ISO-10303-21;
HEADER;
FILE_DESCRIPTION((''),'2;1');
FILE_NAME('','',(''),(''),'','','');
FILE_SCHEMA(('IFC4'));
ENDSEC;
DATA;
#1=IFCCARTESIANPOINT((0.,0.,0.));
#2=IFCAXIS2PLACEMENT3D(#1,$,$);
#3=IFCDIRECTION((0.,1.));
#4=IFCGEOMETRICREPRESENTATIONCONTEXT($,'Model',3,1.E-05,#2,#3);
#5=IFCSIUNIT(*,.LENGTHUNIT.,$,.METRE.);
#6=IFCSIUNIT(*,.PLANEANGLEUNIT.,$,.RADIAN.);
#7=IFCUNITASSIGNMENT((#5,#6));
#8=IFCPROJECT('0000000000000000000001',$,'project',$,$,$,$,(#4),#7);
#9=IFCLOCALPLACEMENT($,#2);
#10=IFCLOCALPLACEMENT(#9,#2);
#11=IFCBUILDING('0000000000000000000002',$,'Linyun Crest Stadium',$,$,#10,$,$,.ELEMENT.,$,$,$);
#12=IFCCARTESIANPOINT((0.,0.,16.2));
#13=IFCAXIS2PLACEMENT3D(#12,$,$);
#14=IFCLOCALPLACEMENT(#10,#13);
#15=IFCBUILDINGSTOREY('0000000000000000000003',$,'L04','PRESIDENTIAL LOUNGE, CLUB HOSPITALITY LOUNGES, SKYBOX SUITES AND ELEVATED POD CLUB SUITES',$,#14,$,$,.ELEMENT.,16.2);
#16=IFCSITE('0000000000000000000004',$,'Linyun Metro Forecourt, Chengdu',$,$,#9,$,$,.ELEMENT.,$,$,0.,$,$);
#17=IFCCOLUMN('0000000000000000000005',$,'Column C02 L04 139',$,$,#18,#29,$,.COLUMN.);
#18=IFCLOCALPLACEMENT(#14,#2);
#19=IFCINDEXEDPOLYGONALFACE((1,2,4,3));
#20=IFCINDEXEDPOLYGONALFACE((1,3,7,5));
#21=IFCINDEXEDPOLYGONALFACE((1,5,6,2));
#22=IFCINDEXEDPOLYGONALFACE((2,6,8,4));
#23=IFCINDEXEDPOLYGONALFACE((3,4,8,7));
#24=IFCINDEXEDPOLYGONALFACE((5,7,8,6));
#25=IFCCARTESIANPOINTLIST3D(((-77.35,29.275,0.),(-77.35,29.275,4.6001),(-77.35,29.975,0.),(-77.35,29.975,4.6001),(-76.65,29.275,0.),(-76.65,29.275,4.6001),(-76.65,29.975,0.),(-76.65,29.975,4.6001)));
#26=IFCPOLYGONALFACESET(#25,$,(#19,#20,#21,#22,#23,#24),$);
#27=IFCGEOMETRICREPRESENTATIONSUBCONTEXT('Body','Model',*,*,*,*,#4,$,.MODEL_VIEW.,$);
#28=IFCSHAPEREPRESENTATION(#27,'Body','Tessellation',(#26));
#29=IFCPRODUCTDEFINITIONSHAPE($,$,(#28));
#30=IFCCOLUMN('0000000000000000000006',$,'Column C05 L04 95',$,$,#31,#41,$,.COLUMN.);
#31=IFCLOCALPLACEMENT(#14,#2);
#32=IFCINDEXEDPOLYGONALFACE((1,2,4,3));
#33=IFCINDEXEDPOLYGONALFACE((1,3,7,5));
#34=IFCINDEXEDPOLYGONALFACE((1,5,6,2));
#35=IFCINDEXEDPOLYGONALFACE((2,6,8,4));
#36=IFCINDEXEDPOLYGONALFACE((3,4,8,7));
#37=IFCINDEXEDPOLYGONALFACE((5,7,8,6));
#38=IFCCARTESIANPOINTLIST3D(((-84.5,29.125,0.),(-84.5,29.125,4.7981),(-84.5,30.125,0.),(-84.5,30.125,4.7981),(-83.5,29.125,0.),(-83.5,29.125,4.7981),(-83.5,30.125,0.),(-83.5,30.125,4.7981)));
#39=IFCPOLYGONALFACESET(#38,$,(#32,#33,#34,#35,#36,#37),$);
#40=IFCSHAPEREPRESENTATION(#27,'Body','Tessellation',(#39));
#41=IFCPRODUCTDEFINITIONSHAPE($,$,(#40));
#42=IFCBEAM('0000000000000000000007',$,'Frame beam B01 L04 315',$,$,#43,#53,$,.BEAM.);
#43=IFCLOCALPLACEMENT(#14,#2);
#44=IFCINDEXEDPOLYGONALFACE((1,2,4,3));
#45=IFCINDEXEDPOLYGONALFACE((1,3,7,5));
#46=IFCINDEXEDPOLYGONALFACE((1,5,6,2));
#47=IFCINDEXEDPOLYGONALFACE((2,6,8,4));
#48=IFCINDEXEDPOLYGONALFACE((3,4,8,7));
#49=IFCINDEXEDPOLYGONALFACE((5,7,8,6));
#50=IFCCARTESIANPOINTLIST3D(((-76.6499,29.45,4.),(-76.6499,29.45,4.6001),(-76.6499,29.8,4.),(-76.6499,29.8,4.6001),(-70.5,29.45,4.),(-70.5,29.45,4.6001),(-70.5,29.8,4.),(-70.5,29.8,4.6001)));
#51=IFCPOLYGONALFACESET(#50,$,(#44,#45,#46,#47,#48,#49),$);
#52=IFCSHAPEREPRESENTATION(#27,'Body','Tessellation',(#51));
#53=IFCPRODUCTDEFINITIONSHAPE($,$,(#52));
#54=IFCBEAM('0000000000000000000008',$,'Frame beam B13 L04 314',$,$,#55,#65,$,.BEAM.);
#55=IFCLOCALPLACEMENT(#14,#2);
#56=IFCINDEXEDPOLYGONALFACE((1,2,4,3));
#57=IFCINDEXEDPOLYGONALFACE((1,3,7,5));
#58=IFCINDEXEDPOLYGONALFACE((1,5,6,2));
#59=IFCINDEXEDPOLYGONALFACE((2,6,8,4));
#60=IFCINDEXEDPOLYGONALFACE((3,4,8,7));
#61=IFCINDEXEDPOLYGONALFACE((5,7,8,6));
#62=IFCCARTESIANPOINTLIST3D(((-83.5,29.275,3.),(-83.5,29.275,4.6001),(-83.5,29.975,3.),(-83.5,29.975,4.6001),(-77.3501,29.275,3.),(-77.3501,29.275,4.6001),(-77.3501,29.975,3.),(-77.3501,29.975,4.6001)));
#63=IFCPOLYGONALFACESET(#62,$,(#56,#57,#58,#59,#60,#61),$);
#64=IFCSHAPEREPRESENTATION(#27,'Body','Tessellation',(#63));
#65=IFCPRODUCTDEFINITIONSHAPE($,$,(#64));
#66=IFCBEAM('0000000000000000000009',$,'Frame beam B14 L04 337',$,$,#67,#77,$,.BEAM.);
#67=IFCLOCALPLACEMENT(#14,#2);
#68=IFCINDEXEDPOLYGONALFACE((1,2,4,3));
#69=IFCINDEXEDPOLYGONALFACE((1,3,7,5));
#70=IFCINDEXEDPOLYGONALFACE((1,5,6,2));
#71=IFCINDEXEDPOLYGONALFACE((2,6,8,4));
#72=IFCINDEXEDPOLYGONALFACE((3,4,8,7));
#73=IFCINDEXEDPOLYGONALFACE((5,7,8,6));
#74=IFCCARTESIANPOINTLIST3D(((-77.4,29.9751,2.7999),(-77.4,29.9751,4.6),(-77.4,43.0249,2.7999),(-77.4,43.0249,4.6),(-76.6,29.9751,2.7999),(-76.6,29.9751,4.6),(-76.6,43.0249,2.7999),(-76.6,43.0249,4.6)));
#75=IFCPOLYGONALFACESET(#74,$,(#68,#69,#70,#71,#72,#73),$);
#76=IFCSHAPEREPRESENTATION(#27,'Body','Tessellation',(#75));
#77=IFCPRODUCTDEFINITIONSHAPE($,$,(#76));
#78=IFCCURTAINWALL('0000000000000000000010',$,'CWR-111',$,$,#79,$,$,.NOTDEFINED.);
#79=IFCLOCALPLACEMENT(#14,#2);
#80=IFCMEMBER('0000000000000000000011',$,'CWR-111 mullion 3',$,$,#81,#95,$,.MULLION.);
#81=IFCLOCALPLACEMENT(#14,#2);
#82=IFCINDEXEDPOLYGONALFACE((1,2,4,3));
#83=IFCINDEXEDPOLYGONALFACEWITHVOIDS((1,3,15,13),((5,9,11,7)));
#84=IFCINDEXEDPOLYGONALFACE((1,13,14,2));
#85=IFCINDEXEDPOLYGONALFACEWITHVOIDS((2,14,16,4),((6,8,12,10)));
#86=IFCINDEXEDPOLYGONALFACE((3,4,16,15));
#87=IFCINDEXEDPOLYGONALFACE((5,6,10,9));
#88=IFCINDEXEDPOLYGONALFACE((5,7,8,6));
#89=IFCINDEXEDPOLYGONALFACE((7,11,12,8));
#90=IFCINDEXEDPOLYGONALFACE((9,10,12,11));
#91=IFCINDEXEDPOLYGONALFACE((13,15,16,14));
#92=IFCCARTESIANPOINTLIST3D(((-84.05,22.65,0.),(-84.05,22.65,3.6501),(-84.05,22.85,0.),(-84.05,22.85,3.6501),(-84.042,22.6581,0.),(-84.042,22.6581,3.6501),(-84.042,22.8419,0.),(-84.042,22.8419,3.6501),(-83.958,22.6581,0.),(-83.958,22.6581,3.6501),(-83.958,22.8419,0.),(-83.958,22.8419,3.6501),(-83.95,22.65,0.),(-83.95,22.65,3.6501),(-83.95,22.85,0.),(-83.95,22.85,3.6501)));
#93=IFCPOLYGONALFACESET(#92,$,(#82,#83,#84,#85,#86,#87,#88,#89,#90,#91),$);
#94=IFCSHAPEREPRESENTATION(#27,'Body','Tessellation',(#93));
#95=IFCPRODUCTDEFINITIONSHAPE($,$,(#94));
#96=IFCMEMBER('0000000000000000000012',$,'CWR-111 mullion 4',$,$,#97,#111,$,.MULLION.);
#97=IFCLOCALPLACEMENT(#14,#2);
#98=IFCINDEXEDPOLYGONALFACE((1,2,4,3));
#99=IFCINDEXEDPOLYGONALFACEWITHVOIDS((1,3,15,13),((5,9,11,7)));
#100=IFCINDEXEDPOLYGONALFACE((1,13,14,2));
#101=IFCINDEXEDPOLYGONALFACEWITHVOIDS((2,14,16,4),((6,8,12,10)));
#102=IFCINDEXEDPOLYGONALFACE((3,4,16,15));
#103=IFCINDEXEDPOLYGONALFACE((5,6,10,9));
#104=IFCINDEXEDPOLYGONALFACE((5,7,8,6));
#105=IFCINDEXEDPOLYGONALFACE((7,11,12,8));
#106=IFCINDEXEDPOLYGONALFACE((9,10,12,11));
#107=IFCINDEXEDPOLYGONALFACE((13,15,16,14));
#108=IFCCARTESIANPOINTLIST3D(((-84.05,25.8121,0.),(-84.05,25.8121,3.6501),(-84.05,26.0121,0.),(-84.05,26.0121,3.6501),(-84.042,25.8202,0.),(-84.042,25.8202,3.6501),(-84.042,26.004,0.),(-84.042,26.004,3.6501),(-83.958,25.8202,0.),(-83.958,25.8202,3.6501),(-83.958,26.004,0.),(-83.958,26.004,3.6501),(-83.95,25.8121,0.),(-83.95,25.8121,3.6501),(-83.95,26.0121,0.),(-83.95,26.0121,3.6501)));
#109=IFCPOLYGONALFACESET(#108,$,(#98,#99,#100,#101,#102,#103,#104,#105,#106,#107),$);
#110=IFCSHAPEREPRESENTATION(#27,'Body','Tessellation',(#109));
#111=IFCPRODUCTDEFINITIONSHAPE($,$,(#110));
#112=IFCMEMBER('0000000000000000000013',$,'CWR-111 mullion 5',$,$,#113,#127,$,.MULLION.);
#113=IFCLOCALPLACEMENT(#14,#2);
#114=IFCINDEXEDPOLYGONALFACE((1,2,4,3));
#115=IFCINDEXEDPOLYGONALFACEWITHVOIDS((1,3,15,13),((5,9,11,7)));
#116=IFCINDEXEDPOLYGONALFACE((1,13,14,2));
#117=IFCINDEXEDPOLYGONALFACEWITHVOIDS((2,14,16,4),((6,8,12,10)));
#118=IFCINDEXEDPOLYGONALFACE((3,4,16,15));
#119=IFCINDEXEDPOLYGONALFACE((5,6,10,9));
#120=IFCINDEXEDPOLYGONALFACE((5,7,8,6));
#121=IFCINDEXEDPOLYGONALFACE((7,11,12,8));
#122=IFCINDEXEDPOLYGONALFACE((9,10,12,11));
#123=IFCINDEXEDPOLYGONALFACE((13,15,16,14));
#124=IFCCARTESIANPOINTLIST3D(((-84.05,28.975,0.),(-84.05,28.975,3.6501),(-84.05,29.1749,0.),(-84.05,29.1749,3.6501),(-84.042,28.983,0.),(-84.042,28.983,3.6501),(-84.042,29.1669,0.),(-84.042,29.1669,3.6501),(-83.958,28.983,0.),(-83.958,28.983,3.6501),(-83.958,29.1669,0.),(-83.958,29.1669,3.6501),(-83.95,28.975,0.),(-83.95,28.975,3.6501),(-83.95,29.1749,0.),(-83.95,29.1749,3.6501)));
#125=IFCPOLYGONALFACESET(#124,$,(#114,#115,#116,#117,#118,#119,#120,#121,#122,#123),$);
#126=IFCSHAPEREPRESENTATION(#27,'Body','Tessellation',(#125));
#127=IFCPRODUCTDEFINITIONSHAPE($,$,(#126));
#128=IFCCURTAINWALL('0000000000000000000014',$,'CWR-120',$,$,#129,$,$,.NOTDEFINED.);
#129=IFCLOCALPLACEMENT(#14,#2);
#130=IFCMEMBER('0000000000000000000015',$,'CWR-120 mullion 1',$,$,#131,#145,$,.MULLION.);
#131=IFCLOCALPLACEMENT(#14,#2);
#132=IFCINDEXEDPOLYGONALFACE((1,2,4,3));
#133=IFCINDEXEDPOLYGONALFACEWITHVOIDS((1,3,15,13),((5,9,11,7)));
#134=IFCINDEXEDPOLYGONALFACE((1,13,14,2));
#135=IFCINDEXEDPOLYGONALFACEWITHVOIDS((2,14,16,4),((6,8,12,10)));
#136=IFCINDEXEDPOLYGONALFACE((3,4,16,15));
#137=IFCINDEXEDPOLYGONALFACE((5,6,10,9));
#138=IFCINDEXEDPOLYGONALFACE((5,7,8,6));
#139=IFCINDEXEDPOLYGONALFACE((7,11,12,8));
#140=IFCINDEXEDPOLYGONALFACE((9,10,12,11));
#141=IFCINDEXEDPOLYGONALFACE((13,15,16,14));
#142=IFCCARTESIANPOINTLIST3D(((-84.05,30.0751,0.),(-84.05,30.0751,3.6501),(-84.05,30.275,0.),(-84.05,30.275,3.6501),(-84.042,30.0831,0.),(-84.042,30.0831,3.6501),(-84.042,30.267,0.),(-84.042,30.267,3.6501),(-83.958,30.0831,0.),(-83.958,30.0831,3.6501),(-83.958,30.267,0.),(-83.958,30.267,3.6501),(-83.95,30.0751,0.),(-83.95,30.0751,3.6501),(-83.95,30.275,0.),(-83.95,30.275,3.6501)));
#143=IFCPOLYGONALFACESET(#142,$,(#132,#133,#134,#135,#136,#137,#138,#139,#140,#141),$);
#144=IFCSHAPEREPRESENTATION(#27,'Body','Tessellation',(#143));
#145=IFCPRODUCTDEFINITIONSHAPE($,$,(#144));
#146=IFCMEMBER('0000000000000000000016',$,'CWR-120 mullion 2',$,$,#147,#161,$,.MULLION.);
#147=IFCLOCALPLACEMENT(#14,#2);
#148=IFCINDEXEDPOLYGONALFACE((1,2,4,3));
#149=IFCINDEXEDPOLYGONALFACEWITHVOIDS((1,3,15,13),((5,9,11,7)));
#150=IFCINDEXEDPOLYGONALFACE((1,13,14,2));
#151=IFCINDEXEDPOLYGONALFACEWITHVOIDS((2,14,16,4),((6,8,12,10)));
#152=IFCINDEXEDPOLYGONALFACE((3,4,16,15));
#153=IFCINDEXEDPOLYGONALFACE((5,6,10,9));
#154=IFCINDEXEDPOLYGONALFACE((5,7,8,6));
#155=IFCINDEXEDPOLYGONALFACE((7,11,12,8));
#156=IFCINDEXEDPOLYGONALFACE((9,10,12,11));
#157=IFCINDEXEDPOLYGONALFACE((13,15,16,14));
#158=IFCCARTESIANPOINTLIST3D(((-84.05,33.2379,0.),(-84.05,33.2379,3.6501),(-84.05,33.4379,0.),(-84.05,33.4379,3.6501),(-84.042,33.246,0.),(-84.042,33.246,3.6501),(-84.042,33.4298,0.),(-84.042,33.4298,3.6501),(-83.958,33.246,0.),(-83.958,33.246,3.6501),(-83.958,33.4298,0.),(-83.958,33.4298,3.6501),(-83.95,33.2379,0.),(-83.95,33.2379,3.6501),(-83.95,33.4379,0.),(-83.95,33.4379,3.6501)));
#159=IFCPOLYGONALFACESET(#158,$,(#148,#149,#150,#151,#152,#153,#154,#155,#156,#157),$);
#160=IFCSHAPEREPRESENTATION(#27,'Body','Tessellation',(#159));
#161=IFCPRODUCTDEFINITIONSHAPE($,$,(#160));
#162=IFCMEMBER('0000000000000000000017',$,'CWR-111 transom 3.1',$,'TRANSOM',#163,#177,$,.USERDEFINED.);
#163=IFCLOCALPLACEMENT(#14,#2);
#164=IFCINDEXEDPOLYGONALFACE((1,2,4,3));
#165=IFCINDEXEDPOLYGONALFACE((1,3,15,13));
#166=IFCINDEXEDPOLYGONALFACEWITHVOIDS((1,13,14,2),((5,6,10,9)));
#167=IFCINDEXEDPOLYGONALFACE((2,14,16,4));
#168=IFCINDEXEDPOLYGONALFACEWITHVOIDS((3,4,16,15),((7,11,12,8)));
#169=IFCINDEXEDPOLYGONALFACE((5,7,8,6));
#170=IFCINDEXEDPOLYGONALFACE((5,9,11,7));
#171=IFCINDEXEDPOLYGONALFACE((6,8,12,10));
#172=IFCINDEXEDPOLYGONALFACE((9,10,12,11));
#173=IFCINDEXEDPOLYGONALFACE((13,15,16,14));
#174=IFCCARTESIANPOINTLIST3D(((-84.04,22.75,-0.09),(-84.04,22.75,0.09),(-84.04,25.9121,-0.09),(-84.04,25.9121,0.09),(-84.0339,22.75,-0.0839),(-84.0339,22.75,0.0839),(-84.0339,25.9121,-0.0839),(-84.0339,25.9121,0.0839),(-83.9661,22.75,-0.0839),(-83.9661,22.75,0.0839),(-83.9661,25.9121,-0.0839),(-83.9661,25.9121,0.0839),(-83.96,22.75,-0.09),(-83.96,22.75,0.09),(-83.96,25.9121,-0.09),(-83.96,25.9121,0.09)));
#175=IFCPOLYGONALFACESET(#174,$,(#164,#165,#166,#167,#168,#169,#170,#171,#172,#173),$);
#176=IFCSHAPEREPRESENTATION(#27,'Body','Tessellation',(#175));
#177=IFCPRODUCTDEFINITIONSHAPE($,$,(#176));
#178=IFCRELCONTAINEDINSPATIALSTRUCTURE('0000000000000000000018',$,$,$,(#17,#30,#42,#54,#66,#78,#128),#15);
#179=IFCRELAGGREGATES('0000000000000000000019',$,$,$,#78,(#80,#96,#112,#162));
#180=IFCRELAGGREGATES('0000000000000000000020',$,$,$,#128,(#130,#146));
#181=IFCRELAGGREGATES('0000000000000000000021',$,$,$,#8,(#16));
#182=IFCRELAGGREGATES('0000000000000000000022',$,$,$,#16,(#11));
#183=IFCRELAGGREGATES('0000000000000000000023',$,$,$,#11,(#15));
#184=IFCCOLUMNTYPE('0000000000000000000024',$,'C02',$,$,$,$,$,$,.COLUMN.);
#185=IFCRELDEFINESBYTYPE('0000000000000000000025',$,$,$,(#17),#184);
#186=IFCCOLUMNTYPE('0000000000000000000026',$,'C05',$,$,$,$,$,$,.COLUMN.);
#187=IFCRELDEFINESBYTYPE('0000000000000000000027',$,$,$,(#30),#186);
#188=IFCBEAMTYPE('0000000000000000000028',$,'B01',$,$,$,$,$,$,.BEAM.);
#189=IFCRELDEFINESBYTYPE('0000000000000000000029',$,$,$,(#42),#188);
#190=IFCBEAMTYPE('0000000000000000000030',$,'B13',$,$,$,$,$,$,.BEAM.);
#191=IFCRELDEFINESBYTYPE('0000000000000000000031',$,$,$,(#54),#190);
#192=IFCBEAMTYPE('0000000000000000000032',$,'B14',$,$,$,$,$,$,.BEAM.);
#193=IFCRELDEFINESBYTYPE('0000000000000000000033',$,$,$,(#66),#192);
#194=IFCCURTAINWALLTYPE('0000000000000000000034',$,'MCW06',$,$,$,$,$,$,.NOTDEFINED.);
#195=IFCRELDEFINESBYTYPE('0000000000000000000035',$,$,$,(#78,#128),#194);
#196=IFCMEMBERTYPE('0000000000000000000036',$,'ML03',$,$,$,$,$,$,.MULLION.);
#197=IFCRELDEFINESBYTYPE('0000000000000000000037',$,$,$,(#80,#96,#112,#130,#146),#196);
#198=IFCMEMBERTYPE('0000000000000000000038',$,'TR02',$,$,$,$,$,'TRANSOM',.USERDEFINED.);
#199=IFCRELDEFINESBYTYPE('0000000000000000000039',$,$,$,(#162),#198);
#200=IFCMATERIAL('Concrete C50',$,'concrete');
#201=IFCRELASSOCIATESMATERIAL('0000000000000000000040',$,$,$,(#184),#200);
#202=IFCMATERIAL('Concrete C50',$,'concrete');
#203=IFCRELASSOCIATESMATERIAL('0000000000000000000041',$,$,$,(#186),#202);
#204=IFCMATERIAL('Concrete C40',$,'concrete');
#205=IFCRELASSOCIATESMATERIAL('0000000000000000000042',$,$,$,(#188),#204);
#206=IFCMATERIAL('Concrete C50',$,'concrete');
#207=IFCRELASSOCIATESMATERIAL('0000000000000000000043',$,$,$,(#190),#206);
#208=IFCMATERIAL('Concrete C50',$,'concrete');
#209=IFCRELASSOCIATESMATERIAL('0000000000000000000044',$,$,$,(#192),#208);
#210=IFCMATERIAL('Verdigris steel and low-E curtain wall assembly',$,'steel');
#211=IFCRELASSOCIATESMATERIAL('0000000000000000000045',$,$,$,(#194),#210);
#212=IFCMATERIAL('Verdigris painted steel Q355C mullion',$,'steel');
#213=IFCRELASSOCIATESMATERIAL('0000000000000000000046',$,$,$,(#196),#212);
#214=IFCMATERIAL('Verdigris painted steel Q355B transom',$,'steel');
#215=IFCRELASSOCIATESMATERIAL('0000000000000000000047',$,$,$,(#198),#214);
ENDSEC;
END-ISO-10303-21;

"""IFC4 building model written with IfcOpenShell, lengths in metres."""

from ifc_helpers import new_model, si_unit, direction, frame, origin, origin_2d, place, context, subcontext, project, spatial, rectangle, hollow_rectangle, extrude, material, material_profile, profile_set, type_object, element, aggregate, save


model = new_model("IFC4")

# Units and contexts
model_context = context("Model", 3, precision=1e-05, world=origin(), true_north=direction((0.0, 1.0)))
body_context = subcontext(model_context, "Body", "Model", "MODEL_VIEW")
ifc_project = project(units=[si_unit("LENGTHUNIT", "METRE"), si_unit("PLANEANGLEUNIT", "RADIAN")], contexts=[model_context])

# Site, building, storey
site_placement = place(None, origin())
site = spatial("IfcSite", under=ifc_project, at=site_placement, Name="Linyun Metro Forecourt, Chengdu", CompositionType="ELEMENT", RefElevation=0.0)
building_placement = place(site_placement, origin())
building = spatial("IfcBuilding", under=site, at=building_placement, Name="Linyun Crest Stadium", CompositionType="ELEMENT")
storey_placement = place(building_placement, frame((0.0, 0.0, 16.2)))
storey = spatial("IfcBuildingStorey", under=building, at=storey_placement, Name="L04", Description="PRESIDENTIAL LOUNGE, CLUB HOSPITALITY LOUNGES, SKYBOX SUITES AND ELEVATED POD CLUB SUITES", CompositionType="ELEMENT", Elevation=16.2)

# Columns
ifc_material_1 = material(Name="Concrete C50", Category="concrete")
ifc_material_profile_1 = material_profile(ifc_material_1, rectangle(XDim=0.7, YDim=0.7, at=origin_2d()), Name="RC 700x700")
ifc_profile_set_1 = profile_set([ifc_material_profile_1], Name="Concrete C50")
column_type_1 = type_object("IfcColumnType", Name="C02", PredefinedType="COLUMN", material=ifc_profile_set_1)
column_1_placement = place(storey_placement, frame((-77.0, 29.625, 0.0), z_axis=(0.0, 0.0, 1.0), x_axis=(1.0, 0.0, 0.0)))
element("IfcColumn", 1, at=column_1_placement, inside=storey, type_object=column_type_1, Name="Column C02 L04 139", PredefinedType="COLUMN", context=body_context, shape_type="SweptSolid", body=[
    extrude(rectangle(XDim=0.7, YDim=0.7, at=origin_2d()), origin(), (0.0, 0.0, 1.0), 4.6001),
])
ifc_material_2 = material(Name="Concrete C50", Category="concrete")
ifc_material_profile_2 = material_profile(ifc_material_2, rectangle(XDim=1.0, YDim=1.0, at=origin_2d()), Name="RC 1000x1000")
ifc_profile_set_2 = profile_set([ifc_material_profile_2], Name="Concrete C50")
column_type_2 = type_object("IfcColumnType", Name="C05", PredefinedType="COLUMN", material=ifc_profile_set_2)
column_2_placement = place(storey_placement, frame((-84.0, 29.625, 0.0), z_axis=(0.0, 0.0, 1.0), x_axis=(1.0, 0.0, 0.0)))
element("IfcColumn", 2, at=column_2_placement, inside=storey, type_object=column_type_2, Name="Column C05 L04 95", PredefinedType="COLUMN", context=body_context, shape_type="SweptSolid", body=[
    extrude(rectangle(XDim=1.0, YDim=1.0, at=origin_2d()), origin(), (0.0, 0.0, 1.0), 4.7981),
])

# Beams
ifc_material_3 = material(Name="Concrete C40", Category="concrete")
ifc_material_profile_3 = material_profile(ifc_material_3, rectangle(XDim=0.3501, YDim=0.6001, at=origin_2d()), Name="RCB 600x350")
ifc_profile_set_3 = profile_set([ifc_material_profile_3], Name="Concrete C40")
beam_type_1 = type_object("IfcBeamType", Name="B01", PredefinedType="BEAM", material=ifc_profile_set_3)
beam_1_placement = place(storey_placement, frame((-76.6499, 29.625, 4.3), z_axis=(1.0, 0.0, 0.0), x_axis=(0.0, 1.0, 0.0)))
element("IfcBeam", 3, at=beam_1_placement, inside=storey, type_object=beam_type_1, Name="Frame beam B01 L04 315", PredefinedType="BEAM", context=body_context, shape_type="SweptSolid", body=[
    extrude(rectangle(XDim=0.3501, YDim=0.6001, at=origin_2d()), origin(), (0.0, 0.0, 1.0), 6.1499),
])
ifc_material_4 = material(Name="Concrete C50", Category="concrete")
ifc_material_profile_4 = material_profile(ifc_material_4, rectangle(XDim=0.7, YDim=1.6001, at=origin_2d()), Name="RCB 1600x700")
ifc_profile_set_4 = profile_set([ifc_material_profile_4], Name="Concrete C50")
beam_type_2 = type_object("IfcBeamType", Name="B13", PredefinedType="BEAM", material=ifc_profile_set_4)
beam_2_placement = place(storey_placement, frame((-83.5, 29.625, 3.8), z_axis=(1.0, 0.0, 0.0), x_axis=(0.0, 1.0, 0.0)))
element("IfcBeam", 4, at=beam_2_placement, inside=storey, type_object=beam_type_2, Name="Frame beam B13 L04 314", PredefinedType="BEAM", context=body_context, shape_type="SweptSolid", body=[
    extrude(rectangle(XDim=0.7, YDim=1.6001, at=origin_2d()), origin(), (0.0, 0.0, 1.0), 6.1499),
])
ifc_material_5 = material(Name="Concrete C50", Category="concrete")
ifc_material_profile_5 = material_profile(ifc_material_5, rectangle(XDim=0.8, YDim=1.8, at=origin_2d()), Name="RCB 1800x800")
ifc_profile_set_5 = profile_set([ifc_material_profile_5], Name="Concrete C50")
beam_type_3 = type_object("IfcBeamType", Name="B14", PredefinedType="BEAM", material=ifc_profile_set_5)
beam_3_placement = place(storey_placement, frame((-77.0, 29.9751, 3.7), z_axis=(0.0, 1.0, 0.0), x_axis=(-1.0, 0.0, 0.0)))
element("IfcBeam", 5, at=beam_3_placement, inside=storey, type_object=beam_type_3, Name="Frame beam B14 L04 337", PredefinedType="BEAM", context=body_context, shape_type="SweptSolid", body=[
    extrude(rectangle(XDim=0.8, YDim=1.8, at=origin_2d()), origin(), (0.0, 0.0, 1.0), 13.0498),
])

# Curtain walls, members
ifc_material_6 = material(Name="Verdigris steel and low-E curtain wall assembly", Category="steel")
curtain_wall_type = type_object("IfcCurtainWallType", Name="MCW06", PredefinedType="NOTDEFINED", material=ifc_material_6)
curtain_wall_1_placement = place(storey_placement, origin())
curtain_wall_1 = element("IfcCurtainWall", 6, at=curtain_wall_1_placement, inside=storey, type_object=curtain_wall_type, Name="CWR-111", PredefinedType="NOTDEFINED")
ifc_material_7 = material(Name="Verdigris painted steel Q355C mullion", Category="steel")
ifc_material_profile_6 = material_profile(ifc_material_7, hollow_rectangle(XDim=0.1001, YDim=0.2, WallThickness=0.0081, at=origin_2d()), Name="RHS 200x100x8")
ifc_profile_set_6 = profile_set([ifc_material_profile_6], Name="Verdigris painted steel Q355C mullion")
member_type_1 = type_object("IfcMemberType", Name="ML03", PredefinedType="MULLION", material=ifc_profile_set_6)
member_1_placement = place(storey_placement, frame((-84.0, 22.75, 0.0), z_axis=(0.0, 0.0, 1.0), x_axis=(-1.0, 0.0, 0.0)))
member_1 = element("IfcMember", 7, at=member_1_placement, type_object=member_type_1, Name="CWR-111 mullion 3", PredefinedType="MULLION", context=body_context, shape_type="SweptSolid", body=[
    extrude(hollow_rectangle(XDim=0.1001, YDim=0.2, WallThickness=0.0081, at=origin_2d()), origin(), (0.0, 0.0, 1.0), 3.6501),
])
member_2_placement = place(storey_placement, frame((-84.0, 25.9121, 0.0), z_axis=(0.0, 0.0, 1.0), x_axis=(-1.0, 0.0, 0.0)))
member_2 = element("IfcMember", 8, at=member_2_placement, type_object=member_type_1, Name="CWR-111 mullion 4", PredefinedType="MULLION", context=body_context, shape_type="SweptSolid", body=[
    extrude(hollow_rectangle(XDim=0.1001, YDim=0.2, WallThickness=0.0081, at=origin_2d()), origin(), (0.0, 0.0, 1.0), 3.6501),
])
member_3_placement = place(storey_placement, frame((-84.0, 29.075, 0.0), z_axis=(0.0, 0.0, 1.0), x_axis=(-1.0, 0.0, 0.0)))
member_3 = element("IfcMember", 9, at=member_3_placement, type_object=member_type_1, Name="CWR-111 mullion 5", PredefinedType="MULLION", context=body_context, shape_type="SweptSolid", body=[
    extrude(hollow_rectangle(XDim=0.1001, YDim=0.2, WallThickness=0.0081, at=origin_2d()), origin(), (0.0, 0.0, 1.0), 3.6501),
])
curtain_wall_2_placement = place(storey_placement, origin())
curtain_wall_2 = element("IfcCurtainWall", 10, at=curtain_wall_2_placement, inside=storey, type_object=curtain_wall_type, Name="CWR-120", PredefinedType="NOTDEFINED")
member_4_placement = place(storey_placement, frame((-84.0, 30.175, 0.0), z_axis=(0.0, 0.0, 1.0), x_axis=(-1.0, 0.0, 0.0)))
member_4 = element("IfcMember", 11, at=member_4_placement, type_object=member_type_1, Name="CWR-120 mullion 1", PredefinedType="MULLION", context=body_context, shape_type="SweptSolid", body=[
    extrude(hollow_rectangle(XDim=0.1001, YDim=0.2, WallThickness=0.0081, at=origin_2d()), origin(), (0.0, 0.0, 1.0), 3.6501),
])
member_5_placement = place(storey_placement, frame((-84.0, 33.3379, 0.0), z_axis=(0.0, 0.0, 1.0), x_axis=(-1.0, 0.0, 0.0)))
member_5 = element("IfcMember", 12, at=member_5_placement, type_object=member_type_1, Name="CWR-120 mullion 2", PredefinedType="MULLION", context=body_context, shape_type="SweptSolid", body=[
    extrude(hollow_rectangle(XDim=0.1001, YDim=0.2, WallThickness=0.0081, at=origin_2d()), origin(), (0.0, 0.0, 1.0), 3.6501),
])

# Member
ifc_material_8 = material(Name="Verdigris painted steel Q355B transom", Category="steel")
ifc_material_profile_7 = material_profile(ifc_material_8, hollow_rectangle(XDim=0.0801, YDim=0.1799, WallThickness=0.0061, at=origin_2d()), Name="RHS 180x80x6")
ifc_profile_set_7 = profile_set([ifc_material_profile_7], Name="Verdigris painted steel Q355B transom")
member_type_2 = type_object("IfcMemberType", Name="TR02", ElementType="TRANSOM", PredefinedType="USERDEFINED", material=ifc_profile_set_7)
member_6_placement = place(storey_placement, frame((-84.0, 22.75, 0.0), z_axis=(0.0, 1.0, 0.0), x_axis=(-1.0, 0.0, 0.0)))
member_6 = element("IfcMember", 13, at=member_6_placement, type_object=member_type_2, Name="CWR-111 transom 3.1", ObjectType="TRANSOM", PredefinedType="USERDEFINED", context=body_context, shape_type="SweptSolid", body=[
    extrude(hollow_rectangle(XDim=0.0801, YDim=0.1799, WallThickness=0.0061, at=origin_2d()), origin(), (0.0, 0.0, 1.0), 3.1621),
])

aggregate(curtain_wall_1, [member_1, member_2, member_3, member_6])
aggregate(curtain_wall_2, [member_4, member_5])

save(model, "model.ifc")
